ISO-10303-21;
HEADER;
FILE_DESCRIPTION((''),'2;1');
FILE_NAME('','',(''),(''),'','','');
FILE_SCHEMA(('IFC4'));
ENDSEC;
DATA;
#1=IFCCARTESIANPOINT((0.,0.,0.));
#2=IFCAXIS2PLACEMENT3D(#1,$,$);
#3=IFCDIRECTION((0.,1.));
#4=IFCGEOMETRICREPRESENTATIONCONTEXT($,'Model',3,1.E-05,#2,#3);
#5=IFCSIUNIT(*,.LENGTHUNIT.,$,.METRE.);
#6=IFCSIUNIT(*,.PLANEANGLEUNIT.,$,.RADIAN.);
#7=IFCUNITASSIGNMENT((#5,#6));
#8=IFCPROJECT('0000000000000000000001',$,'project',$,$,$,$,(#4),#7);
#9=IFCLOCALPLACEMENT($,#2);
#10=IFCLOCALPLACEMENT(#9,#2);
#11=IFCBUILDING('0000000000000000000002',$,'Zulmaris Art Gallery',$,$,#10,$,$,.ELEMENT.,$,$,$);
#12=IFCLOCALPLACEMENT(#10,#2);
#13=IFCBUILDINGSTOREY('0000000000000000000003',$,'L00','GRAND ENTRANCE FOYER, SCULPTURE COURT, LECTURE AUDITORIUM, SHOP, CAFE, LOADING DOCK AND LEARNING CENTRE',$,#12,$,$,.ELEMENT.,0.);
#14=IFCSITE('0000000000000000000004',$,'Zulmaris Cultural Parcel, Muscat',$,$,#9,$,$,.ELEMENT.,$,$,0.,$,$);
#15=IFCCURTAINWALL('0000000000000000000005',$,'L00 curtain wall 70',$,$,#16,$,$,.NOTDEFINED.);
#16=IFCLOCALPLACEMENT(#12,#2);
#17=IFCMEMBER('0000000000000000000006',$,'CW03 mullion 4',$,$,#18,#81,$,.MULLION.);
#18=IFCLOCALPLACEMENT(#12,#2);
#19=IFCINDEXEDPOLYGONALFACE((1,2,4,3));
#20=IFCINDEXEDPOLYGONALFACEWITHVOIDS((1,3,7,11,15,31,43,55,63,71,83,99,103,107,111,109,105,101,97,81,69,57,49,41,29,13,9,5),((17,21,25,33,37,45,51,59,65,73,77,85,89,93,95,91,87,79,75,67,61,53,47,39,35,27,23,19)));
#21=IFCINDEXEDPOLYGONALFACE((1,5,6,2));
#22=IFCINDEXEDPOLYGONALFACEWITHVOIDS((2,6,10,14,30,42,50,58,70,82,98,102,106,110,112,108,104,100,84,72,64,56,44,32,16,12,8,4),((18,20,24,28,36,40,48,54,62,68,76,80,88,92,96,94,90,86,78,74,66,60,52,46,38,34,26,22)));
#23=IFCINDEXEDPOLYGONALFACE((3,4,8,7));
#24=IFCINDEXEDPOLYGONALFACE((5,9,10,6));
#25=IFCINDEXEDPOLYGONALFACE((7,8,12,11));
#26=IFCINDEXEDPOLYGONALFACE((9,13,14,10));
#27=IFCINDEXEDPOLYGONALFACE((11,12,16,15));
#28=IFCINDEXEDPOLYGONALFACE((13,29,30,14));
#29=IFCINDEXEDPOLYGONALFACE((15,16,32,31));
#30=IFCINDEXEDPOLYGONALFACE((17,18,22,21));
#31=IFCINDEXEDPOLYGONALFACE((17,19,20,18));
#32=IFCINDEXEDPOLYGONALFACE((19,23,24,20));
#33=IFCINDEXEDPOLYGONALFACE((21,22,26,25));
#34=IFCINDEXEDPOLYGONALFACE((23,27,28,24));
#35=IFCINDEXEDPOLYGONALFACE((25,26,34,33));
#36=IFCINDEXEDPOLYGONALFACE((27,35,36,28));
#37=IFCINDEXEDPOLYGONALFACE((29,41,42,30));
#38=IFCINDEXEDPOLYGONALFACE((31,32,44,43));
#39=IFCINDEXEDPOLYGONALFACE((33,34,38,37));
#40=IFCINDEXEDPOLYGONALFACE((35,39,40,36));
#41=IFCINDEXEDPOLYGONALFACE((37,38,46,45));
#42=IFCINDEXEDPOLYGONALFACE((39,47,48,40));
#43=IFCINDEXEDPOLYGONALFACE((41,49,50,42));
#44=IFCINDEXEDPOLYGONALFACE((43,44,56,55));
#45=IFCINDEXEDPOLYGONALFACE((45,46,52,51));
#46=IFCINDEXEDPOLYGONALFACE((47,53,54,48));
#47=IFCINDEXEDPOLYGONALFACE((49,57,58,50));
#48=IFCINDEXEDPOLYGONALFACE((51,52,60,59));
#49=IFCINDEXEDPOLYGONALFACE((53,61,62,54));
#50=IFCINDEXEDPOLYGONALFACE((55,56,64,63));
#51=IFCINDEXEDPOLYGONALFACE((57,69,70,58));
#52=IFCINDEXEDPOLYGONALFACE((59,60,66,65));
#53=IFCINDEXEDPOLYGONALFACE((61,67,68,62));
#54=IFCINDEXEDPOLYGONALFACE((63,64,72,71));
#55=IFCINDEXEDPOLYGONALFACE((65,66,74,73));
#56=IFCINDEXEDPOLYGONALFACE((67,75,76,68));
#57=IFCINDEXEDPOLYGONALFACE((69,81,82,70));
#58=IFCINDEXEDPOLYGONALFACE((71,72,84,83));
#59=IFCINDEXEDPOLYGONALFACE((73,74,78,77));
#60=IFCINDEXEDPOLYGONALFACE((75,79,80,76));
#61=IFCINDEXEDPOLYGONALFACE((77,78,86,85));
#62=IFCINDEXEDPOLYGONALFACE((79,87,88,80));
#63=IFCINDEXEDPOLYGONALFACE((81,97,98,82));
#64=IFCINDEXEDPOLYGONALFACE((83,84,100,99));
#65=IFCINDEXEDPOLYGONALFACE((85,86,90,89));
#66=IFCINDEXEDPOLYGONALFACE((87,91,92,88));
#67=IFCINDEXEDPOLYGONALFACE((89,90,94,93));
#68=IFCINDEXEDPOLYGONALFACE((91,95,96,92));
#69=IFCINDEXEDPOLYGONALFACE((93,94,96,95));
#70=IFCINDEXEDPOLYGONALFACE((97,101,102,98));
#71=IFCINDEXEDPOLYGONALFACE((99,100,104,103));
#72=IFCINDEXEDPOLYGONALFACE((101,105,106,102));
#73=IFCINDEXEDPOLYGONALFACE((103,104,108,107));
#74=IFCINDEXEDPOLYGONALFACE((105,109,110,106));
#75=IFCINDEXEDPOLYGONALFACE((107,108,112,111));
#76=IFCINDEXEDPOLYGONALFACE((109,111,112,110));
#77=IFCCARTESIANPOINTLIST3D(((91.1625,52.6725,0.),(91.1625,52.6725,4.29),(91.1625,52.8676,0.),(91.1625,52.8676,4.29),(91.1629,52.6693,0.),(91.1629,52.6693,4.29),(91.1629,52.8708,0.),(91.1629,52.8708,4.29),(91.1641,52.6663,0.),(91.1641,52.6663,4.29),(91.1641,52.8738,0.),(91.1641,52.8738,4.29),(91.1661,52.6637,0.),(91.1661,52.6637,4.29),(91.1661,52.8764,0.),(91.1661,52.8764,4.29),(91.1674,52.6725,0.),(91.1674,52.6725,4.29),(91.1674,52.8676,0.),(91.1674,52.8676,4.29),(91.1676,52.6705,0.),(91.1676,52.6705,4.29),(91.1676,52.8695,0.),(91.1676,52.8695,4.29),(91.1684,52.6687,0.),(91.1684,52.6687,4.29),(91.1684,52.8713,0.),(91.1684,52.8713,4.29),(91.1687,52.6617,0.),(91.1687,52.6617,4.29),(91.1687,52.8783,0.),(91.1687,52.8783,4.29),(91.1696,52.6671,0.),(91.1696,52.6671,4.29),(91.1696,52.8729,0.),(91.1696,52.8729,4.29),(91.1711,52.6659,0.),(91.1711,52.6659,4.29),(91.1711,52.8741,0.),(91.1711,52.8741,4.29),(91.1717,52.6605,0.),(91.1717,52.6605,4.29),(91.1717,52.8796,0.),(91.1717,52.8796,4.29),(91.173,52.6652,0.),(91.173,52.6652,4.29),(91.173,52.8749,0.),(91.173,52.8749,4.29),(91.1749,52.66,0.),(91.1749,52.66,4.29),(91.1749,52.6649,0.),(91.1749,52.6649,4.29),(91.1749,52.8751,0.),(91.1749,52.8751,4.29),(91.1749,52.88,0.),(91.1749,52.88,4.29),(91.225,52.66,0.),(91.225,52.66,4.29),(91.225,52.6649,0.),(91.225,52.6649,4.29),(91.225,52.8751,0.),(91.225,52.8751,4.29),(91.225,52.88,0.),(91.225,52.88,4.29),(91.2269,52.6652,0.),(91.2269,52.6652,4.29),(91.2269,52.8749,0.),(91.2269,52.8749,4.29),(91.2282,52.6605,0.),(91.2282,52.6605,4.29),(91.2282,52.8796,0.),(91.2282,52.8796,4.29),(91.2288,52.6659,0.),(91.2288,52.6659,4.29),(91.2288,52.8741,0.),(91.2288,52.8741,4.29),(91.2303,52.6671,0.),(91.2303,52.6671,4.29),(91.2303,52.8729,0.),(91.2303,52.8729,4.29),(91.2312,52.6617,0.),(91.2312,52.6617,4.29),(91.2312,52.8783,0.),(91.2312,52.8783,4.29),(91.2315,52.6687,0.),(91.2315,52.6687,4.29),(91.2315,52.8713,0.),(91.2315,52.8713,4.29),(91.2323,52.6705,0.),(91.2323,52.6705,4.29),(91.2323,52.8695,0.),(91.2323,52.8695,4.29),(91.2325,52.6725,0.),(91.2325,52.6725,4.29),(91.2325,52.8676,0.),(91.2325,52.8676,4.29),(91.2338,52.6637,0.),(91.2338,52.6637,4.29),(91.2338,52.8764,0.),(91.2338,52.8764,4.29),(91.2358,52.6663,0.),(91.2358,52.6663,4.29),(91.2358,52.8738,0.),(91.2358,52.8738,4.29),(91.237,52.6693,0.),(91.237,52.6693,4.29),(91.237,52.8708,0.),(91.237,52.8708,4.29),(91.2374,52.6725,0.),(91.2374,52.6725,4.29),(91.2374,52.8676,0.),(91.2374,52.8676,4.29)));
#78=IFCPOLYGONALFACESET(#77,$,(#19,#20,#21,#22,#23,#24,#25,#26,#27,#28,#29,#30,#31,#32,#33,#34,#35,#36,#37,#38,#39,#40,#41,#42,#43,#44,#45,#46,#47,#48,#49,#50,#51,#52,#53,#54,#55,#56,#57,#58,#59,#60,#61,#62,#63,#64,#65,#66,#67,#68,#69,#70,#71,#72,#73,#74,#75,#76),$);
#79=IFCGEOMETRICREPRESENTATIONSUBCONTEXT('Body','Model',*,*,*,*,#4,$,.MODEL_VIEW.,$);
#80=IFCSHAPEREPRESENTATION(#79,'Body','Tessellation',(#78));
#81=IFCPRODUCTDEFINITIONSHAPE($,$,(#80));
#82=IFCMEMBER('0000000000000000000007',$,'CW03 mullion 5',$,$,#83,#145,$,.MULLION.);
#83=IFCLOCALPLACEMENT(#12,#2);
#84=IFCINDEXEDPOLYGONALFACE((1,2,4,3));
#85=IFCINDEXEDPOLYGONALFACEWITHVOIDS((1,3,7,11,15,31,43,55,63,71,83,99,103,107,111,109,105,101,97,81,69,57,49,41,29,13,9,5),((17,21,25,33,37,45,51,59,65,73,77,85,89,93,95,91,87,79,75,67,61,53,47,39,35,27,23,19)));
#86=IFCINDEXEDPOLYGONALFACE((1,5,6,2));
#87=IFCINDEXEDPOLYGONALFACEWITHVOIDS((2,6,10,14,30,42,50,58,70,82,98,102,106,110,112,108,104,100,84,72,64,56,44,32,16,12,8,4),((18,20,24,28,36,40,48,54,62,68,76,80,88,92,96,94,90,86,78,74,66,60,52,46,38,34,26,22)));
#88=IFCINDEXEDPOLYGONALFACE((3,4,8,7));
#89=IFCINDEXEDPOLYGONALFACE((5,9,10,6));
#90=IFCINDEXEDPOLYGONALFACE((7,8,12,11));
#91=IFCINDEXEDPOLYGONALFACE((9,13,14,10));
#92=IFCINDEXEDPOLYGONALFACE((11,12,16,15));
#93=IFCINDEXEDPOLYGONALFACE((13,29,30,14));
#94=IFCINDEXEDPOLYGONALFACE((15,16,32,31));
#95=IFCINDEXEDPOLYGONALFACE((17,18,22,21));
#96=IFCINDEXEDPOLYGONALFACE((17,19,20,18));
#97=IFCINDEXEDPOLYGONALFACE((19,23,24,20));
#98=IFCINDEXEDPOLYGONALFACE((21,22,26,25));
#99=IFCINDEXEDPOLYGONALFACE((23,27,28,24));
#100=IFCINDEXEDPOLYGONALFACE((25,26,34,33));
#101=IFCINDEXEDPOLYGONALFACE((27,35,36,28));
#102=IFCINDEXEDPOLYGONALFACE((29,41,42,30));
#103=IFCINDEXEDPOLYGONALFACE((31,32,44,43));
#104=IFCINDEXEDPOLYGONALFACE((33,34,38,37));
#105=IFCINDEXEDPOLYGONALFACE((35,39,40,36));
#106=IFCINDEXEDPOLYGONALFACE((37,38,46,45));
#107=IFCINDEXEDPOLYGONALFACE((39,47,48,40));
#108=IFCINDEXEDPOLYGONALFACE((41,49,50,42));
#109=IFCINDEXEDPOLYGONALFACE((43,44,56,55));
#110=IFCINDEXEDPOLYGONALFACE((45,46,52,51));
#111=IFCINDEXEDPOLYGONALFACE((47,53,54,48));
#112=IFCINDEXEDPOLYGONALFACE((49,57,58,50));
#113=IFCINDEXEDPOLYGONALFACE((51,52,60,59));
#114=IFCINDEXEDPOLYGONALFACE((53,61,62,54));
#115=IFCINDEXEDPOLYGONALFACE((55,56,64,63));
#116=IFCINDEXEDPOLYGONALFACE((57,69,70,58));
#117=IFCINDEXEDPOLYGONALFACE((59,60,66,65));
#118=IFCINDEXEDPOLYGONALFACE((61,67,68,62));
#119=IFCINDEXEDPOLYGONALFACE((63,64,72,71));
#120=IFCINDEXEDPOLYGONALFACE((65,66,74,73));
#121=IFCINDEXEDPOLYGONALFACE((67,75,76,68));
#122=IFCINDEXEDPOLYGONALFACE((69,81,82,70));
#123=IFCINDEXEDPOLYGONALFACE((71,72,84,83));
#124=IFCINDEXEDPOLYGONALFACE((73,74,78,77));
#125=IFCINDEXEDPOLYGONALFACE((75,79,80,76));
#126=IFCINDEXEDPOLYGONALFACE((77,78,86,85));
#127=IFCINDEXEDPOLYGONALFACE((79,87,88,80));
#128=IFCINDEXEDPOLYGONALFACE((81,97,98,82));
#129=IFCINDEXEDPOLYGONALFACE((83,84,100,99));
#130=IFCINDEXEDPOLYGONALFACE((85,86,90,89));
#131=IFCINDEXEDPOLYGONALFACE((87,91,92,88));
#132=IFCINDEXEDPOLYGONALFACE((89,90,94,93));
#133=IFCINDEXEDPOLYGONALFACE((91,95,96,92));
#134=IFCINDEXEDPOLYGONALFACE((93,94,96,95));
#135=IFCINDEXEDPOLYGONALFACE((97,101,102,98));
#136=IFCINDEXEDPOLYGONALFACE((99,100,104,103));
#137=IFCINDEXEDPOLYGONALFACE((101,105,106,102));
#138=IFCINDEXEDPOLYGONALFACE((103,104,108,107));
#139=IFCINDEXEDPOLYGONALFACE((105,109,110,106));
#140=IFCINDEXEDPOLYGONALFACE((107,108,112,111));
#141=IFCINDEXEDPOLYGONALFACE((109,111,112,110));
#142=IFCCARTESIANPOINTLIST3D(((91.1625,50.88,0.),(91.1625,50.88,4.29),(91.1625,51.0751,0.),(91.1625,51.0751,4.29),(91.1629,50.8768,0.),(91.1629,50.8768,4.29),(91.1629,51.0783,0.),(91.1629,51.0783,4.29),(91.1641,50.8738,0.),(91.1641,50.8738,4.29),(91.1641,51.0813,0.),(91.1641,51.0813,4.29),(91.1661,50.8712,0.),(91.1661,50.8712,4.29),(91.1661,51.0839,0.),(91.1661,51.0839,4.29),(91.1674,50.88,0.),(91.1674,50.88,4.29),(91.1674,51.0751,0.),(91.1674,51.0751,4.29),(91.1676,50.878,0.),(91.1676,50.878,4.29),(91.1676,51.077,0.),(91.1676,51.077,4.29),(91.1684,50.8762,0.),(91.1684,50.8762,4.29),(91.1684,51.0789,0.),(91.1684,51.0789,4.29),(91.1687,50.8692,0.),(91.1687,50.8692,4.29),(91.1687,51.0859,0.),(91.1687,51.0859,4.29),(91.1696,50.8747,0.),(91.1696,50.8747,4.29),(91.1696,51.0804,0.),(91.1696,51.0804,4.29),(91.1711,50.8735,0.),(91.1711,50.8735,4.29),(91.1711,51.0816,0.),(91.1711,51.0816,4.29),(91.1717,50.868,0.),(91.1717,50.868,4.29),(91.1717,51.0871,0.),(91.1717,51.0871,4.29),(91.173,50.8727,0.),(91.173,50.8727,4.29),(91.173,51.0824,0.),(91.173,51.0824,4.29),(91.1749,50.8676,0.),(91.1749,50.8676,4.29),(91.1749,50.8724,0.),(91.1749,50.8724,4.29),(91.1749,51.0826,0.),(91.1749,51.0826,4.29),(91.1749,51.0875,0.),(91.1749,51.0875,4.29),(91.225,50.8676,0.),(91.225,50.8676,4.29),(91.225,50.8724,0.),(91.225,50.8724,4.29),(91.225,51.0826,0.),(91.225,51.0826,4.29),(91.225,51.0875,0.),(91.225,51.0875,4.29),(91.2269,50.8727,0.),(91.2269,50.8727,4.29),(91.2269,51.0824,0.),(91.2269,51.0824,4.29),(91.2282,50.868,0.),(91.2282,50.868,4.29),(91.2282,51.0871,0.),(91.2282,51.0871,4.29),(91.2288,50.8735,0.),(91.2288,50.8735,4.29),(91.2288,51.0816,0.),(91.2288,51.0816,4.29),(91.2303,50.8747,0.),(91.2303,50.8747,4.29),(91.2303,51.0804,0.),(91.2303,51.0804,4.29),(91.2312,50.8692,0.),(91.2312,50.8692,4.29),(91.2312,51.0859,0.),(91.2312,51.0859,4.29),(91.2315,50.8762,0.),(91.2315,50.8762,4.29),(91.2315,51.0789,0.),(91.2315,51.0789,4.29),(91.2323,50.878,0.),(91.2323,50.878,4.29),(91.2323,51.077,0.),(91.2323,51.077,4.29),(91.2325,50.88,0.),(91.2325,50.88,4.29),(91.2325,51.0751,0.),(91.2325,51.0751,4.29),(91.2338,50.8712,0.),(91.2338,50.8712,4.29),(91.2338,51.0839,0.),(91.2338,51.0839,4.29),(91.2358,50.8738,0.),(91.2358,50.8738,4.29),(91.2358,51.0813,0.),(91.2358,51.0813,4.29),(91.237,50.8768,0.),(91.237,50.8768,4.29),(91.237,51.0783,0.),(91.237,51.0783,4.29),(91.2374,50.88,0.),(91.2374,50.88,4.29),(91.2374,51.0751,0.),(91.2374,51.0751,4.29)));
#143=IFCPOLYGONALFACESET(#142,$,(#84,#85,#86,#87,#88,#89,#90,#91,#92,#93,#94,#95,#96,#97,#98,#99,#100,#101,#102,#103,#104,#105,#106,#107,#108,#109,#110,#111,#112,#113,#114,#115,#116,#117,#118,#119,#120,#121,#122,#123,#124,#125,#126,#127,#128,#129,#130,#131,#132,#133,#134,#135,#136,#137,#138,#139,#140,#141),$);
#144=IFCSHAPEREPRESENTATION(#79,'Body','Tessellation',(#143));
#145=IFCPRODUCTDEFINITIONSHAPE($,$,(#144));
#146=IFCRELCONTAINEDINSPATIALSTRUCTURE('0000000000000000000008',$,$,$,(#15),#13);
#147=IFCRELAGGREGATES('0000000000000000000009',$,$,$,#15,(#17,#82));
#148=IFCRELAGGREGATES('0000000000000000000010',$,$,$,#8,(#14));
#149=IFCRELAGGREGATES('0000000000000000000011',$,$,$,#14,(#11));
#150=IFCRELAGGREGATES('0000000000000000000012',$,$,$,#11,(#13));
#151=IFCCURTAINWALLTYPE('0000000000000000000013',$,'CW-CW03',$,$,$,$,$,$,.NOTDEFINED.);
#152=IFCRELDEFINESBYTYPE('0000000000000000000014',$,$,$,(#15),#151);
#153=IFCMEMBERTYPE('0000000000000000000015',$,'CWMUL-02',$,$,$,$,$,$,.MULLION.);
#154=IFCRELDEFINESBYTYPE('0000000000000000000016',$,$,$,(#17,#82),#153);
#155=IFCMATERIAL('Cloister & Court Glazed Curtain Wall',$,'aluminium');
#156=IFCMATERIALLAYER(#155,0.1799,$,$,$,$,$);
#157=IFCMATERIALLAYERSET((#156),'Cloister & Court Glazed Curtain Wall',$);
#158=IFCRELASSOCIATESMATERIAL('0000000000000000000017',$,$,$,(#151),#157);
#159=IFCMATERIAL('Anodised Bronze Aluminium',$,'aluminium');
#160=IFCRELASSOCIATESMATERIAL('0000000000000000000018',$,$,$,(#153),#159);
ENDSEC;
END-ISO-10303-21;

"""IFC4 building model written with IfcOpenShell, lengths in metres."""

from ifc_helpers import new_model, si_unit, direction, frame, origin, origin_2d, place, context, subcontext, project, spatial, hollow_rectangle, extrude, material, layer, layer_set, material_profile, profile_set, type_object, element, aggregate, save


model = new_model("IFC4")

# Units and contexts
model_context = context("Model", 3, precision=1e-05, world=origin(), true_north=direction((0.0, 1.0)))
body_context = subcontext(model_context, "Body", "Model", "MODEL_VIEW")
ifc_project = project(units=[si_unit("LENGTHUNIT", "METRE"), si_unit("PLANEANGLEUNIT", "RADIAN")], contexts=[model_context])

# Site, building, storey
site_placement = place(None, origin())
site = spatial("IfcSite", under=ifc_project, at=site_placement, Name="Zulmaris Cultural Parcel, Muscat", CompositionType="ELEMENT", RefElevation=0.0)
building_placement = place(site_placement, origin())
building = spatial("IfcBuilding", under=site, at=building_placement, Name="Zulmaris Art Gallery", CompositionType="ELEMENT")
storey_placement = place(building_placement, origin())
storey = spatial("IfcBuildingStorey", under=building, at=storey_placement, Name="L00", Description="GRAND ENTRANCE FOYER, SCULPTURE COURT, LECTURE AUDITORIUM, SHOP, CAFE, LOADING DOCK AND LEARNING CENTRE", CompositionType="ELEMENT", Elevation=0.0)

# Shared definitions
ifc_material_1 = material(Name="Cloister & Court Glazed Curtain Wall", Category="aluminium")
ifc_layer_1 = layer(ifc_material_1, 0.1799)
ifc_layer_set_1 = layer_set([ifc_layer_1], Name="Cloister & Court Glazed Curtain Wall")
curtain_wall_type_1 = type_object("IfcCurtainWallType", Name="CW-CW03", PredefinedType="NOTDEFINED", material=ifc_layer_set_1)
ifc_material_2 = material(Name="Anodised Bronze Aluminium", Category="aluminium")
ifc_material_profile_1 = material_profile(ifc_material_2, hollow_rectangle(XDim=0.075, YDim=0.22, WallThickness=0.0049, InnerFilletRadius=0.0076, OuterFilletRadius=0.0125, at=origin_2d()), Name="ALU 75x220x5")
ifc_profile_set_1 = profile_set([ifc_material_profile_1], Name="Anodised Bronze Aluminium")
member_type_1 = type_object("IfcMemberType", Name="CWMUL-02", PredefinedType="MULLION", material=ifc_profile_set_1)

# Curtain wall, members
curtain_wall_1_placement = place(storey_placement, origin())
curtain_wall_1 = element("IfcCurtainWall", 1, at=curtain_wall_1_placement, inside=storey, type_object=curtain_wall_type_1, Name="L00 curtain wall 70", PredefinedType="NOTDEFINED")
member_1_placement = place(storey_placement, frame((91.2, 52.77, 0.0), z_axis=(0.0, 0.0, 1.0), x_axis=(1.0, 0.0, 0.0)))
member_1 = element("IfcMember", 2, at=member_1_placement, type_object=member_type_1, Name="CW03 mullion 4", PredefinedType="MULLION", context=body_context, shape_type="SweptSolid", body=[
    extrude(hollow_rectangle(XDim=0.075, YDim=0.22, WallThickness=0.0049, InnerFilletRadius=0.0076, OuterFilletRadius=0.0125, at=origin_2d()), origin(), (0.0, 0.0, 1.0), 4.29),
])
member_2_placement = place(storey_placement, frame((91.2, 50.9775, 0.0), z_axis=(0.0, 0.0, 1.0), x_axis=(1.0, 0.0, 0.0)))
member_2 = element("IfcMember", 3, at=member_2_placement, type_object=member_type_1, Name="CW03 mullion 5", PredefinedType="MULLION", context=body_context, shape_type="SweptSolid", body=[
    extrude(hollow_rectangle(XDim=0.075, YDim=0.22, WallThickness=0.0049, InnerFilletRadius=0.0076, OuterFilletRadius=0.0125, at=origin_2d()), origin(), (0.0, 0.0, 1.0), 4.29),
])

aggregate(curtain_wall_1, [member_1, member_2])

save(model, "model.ifc")
